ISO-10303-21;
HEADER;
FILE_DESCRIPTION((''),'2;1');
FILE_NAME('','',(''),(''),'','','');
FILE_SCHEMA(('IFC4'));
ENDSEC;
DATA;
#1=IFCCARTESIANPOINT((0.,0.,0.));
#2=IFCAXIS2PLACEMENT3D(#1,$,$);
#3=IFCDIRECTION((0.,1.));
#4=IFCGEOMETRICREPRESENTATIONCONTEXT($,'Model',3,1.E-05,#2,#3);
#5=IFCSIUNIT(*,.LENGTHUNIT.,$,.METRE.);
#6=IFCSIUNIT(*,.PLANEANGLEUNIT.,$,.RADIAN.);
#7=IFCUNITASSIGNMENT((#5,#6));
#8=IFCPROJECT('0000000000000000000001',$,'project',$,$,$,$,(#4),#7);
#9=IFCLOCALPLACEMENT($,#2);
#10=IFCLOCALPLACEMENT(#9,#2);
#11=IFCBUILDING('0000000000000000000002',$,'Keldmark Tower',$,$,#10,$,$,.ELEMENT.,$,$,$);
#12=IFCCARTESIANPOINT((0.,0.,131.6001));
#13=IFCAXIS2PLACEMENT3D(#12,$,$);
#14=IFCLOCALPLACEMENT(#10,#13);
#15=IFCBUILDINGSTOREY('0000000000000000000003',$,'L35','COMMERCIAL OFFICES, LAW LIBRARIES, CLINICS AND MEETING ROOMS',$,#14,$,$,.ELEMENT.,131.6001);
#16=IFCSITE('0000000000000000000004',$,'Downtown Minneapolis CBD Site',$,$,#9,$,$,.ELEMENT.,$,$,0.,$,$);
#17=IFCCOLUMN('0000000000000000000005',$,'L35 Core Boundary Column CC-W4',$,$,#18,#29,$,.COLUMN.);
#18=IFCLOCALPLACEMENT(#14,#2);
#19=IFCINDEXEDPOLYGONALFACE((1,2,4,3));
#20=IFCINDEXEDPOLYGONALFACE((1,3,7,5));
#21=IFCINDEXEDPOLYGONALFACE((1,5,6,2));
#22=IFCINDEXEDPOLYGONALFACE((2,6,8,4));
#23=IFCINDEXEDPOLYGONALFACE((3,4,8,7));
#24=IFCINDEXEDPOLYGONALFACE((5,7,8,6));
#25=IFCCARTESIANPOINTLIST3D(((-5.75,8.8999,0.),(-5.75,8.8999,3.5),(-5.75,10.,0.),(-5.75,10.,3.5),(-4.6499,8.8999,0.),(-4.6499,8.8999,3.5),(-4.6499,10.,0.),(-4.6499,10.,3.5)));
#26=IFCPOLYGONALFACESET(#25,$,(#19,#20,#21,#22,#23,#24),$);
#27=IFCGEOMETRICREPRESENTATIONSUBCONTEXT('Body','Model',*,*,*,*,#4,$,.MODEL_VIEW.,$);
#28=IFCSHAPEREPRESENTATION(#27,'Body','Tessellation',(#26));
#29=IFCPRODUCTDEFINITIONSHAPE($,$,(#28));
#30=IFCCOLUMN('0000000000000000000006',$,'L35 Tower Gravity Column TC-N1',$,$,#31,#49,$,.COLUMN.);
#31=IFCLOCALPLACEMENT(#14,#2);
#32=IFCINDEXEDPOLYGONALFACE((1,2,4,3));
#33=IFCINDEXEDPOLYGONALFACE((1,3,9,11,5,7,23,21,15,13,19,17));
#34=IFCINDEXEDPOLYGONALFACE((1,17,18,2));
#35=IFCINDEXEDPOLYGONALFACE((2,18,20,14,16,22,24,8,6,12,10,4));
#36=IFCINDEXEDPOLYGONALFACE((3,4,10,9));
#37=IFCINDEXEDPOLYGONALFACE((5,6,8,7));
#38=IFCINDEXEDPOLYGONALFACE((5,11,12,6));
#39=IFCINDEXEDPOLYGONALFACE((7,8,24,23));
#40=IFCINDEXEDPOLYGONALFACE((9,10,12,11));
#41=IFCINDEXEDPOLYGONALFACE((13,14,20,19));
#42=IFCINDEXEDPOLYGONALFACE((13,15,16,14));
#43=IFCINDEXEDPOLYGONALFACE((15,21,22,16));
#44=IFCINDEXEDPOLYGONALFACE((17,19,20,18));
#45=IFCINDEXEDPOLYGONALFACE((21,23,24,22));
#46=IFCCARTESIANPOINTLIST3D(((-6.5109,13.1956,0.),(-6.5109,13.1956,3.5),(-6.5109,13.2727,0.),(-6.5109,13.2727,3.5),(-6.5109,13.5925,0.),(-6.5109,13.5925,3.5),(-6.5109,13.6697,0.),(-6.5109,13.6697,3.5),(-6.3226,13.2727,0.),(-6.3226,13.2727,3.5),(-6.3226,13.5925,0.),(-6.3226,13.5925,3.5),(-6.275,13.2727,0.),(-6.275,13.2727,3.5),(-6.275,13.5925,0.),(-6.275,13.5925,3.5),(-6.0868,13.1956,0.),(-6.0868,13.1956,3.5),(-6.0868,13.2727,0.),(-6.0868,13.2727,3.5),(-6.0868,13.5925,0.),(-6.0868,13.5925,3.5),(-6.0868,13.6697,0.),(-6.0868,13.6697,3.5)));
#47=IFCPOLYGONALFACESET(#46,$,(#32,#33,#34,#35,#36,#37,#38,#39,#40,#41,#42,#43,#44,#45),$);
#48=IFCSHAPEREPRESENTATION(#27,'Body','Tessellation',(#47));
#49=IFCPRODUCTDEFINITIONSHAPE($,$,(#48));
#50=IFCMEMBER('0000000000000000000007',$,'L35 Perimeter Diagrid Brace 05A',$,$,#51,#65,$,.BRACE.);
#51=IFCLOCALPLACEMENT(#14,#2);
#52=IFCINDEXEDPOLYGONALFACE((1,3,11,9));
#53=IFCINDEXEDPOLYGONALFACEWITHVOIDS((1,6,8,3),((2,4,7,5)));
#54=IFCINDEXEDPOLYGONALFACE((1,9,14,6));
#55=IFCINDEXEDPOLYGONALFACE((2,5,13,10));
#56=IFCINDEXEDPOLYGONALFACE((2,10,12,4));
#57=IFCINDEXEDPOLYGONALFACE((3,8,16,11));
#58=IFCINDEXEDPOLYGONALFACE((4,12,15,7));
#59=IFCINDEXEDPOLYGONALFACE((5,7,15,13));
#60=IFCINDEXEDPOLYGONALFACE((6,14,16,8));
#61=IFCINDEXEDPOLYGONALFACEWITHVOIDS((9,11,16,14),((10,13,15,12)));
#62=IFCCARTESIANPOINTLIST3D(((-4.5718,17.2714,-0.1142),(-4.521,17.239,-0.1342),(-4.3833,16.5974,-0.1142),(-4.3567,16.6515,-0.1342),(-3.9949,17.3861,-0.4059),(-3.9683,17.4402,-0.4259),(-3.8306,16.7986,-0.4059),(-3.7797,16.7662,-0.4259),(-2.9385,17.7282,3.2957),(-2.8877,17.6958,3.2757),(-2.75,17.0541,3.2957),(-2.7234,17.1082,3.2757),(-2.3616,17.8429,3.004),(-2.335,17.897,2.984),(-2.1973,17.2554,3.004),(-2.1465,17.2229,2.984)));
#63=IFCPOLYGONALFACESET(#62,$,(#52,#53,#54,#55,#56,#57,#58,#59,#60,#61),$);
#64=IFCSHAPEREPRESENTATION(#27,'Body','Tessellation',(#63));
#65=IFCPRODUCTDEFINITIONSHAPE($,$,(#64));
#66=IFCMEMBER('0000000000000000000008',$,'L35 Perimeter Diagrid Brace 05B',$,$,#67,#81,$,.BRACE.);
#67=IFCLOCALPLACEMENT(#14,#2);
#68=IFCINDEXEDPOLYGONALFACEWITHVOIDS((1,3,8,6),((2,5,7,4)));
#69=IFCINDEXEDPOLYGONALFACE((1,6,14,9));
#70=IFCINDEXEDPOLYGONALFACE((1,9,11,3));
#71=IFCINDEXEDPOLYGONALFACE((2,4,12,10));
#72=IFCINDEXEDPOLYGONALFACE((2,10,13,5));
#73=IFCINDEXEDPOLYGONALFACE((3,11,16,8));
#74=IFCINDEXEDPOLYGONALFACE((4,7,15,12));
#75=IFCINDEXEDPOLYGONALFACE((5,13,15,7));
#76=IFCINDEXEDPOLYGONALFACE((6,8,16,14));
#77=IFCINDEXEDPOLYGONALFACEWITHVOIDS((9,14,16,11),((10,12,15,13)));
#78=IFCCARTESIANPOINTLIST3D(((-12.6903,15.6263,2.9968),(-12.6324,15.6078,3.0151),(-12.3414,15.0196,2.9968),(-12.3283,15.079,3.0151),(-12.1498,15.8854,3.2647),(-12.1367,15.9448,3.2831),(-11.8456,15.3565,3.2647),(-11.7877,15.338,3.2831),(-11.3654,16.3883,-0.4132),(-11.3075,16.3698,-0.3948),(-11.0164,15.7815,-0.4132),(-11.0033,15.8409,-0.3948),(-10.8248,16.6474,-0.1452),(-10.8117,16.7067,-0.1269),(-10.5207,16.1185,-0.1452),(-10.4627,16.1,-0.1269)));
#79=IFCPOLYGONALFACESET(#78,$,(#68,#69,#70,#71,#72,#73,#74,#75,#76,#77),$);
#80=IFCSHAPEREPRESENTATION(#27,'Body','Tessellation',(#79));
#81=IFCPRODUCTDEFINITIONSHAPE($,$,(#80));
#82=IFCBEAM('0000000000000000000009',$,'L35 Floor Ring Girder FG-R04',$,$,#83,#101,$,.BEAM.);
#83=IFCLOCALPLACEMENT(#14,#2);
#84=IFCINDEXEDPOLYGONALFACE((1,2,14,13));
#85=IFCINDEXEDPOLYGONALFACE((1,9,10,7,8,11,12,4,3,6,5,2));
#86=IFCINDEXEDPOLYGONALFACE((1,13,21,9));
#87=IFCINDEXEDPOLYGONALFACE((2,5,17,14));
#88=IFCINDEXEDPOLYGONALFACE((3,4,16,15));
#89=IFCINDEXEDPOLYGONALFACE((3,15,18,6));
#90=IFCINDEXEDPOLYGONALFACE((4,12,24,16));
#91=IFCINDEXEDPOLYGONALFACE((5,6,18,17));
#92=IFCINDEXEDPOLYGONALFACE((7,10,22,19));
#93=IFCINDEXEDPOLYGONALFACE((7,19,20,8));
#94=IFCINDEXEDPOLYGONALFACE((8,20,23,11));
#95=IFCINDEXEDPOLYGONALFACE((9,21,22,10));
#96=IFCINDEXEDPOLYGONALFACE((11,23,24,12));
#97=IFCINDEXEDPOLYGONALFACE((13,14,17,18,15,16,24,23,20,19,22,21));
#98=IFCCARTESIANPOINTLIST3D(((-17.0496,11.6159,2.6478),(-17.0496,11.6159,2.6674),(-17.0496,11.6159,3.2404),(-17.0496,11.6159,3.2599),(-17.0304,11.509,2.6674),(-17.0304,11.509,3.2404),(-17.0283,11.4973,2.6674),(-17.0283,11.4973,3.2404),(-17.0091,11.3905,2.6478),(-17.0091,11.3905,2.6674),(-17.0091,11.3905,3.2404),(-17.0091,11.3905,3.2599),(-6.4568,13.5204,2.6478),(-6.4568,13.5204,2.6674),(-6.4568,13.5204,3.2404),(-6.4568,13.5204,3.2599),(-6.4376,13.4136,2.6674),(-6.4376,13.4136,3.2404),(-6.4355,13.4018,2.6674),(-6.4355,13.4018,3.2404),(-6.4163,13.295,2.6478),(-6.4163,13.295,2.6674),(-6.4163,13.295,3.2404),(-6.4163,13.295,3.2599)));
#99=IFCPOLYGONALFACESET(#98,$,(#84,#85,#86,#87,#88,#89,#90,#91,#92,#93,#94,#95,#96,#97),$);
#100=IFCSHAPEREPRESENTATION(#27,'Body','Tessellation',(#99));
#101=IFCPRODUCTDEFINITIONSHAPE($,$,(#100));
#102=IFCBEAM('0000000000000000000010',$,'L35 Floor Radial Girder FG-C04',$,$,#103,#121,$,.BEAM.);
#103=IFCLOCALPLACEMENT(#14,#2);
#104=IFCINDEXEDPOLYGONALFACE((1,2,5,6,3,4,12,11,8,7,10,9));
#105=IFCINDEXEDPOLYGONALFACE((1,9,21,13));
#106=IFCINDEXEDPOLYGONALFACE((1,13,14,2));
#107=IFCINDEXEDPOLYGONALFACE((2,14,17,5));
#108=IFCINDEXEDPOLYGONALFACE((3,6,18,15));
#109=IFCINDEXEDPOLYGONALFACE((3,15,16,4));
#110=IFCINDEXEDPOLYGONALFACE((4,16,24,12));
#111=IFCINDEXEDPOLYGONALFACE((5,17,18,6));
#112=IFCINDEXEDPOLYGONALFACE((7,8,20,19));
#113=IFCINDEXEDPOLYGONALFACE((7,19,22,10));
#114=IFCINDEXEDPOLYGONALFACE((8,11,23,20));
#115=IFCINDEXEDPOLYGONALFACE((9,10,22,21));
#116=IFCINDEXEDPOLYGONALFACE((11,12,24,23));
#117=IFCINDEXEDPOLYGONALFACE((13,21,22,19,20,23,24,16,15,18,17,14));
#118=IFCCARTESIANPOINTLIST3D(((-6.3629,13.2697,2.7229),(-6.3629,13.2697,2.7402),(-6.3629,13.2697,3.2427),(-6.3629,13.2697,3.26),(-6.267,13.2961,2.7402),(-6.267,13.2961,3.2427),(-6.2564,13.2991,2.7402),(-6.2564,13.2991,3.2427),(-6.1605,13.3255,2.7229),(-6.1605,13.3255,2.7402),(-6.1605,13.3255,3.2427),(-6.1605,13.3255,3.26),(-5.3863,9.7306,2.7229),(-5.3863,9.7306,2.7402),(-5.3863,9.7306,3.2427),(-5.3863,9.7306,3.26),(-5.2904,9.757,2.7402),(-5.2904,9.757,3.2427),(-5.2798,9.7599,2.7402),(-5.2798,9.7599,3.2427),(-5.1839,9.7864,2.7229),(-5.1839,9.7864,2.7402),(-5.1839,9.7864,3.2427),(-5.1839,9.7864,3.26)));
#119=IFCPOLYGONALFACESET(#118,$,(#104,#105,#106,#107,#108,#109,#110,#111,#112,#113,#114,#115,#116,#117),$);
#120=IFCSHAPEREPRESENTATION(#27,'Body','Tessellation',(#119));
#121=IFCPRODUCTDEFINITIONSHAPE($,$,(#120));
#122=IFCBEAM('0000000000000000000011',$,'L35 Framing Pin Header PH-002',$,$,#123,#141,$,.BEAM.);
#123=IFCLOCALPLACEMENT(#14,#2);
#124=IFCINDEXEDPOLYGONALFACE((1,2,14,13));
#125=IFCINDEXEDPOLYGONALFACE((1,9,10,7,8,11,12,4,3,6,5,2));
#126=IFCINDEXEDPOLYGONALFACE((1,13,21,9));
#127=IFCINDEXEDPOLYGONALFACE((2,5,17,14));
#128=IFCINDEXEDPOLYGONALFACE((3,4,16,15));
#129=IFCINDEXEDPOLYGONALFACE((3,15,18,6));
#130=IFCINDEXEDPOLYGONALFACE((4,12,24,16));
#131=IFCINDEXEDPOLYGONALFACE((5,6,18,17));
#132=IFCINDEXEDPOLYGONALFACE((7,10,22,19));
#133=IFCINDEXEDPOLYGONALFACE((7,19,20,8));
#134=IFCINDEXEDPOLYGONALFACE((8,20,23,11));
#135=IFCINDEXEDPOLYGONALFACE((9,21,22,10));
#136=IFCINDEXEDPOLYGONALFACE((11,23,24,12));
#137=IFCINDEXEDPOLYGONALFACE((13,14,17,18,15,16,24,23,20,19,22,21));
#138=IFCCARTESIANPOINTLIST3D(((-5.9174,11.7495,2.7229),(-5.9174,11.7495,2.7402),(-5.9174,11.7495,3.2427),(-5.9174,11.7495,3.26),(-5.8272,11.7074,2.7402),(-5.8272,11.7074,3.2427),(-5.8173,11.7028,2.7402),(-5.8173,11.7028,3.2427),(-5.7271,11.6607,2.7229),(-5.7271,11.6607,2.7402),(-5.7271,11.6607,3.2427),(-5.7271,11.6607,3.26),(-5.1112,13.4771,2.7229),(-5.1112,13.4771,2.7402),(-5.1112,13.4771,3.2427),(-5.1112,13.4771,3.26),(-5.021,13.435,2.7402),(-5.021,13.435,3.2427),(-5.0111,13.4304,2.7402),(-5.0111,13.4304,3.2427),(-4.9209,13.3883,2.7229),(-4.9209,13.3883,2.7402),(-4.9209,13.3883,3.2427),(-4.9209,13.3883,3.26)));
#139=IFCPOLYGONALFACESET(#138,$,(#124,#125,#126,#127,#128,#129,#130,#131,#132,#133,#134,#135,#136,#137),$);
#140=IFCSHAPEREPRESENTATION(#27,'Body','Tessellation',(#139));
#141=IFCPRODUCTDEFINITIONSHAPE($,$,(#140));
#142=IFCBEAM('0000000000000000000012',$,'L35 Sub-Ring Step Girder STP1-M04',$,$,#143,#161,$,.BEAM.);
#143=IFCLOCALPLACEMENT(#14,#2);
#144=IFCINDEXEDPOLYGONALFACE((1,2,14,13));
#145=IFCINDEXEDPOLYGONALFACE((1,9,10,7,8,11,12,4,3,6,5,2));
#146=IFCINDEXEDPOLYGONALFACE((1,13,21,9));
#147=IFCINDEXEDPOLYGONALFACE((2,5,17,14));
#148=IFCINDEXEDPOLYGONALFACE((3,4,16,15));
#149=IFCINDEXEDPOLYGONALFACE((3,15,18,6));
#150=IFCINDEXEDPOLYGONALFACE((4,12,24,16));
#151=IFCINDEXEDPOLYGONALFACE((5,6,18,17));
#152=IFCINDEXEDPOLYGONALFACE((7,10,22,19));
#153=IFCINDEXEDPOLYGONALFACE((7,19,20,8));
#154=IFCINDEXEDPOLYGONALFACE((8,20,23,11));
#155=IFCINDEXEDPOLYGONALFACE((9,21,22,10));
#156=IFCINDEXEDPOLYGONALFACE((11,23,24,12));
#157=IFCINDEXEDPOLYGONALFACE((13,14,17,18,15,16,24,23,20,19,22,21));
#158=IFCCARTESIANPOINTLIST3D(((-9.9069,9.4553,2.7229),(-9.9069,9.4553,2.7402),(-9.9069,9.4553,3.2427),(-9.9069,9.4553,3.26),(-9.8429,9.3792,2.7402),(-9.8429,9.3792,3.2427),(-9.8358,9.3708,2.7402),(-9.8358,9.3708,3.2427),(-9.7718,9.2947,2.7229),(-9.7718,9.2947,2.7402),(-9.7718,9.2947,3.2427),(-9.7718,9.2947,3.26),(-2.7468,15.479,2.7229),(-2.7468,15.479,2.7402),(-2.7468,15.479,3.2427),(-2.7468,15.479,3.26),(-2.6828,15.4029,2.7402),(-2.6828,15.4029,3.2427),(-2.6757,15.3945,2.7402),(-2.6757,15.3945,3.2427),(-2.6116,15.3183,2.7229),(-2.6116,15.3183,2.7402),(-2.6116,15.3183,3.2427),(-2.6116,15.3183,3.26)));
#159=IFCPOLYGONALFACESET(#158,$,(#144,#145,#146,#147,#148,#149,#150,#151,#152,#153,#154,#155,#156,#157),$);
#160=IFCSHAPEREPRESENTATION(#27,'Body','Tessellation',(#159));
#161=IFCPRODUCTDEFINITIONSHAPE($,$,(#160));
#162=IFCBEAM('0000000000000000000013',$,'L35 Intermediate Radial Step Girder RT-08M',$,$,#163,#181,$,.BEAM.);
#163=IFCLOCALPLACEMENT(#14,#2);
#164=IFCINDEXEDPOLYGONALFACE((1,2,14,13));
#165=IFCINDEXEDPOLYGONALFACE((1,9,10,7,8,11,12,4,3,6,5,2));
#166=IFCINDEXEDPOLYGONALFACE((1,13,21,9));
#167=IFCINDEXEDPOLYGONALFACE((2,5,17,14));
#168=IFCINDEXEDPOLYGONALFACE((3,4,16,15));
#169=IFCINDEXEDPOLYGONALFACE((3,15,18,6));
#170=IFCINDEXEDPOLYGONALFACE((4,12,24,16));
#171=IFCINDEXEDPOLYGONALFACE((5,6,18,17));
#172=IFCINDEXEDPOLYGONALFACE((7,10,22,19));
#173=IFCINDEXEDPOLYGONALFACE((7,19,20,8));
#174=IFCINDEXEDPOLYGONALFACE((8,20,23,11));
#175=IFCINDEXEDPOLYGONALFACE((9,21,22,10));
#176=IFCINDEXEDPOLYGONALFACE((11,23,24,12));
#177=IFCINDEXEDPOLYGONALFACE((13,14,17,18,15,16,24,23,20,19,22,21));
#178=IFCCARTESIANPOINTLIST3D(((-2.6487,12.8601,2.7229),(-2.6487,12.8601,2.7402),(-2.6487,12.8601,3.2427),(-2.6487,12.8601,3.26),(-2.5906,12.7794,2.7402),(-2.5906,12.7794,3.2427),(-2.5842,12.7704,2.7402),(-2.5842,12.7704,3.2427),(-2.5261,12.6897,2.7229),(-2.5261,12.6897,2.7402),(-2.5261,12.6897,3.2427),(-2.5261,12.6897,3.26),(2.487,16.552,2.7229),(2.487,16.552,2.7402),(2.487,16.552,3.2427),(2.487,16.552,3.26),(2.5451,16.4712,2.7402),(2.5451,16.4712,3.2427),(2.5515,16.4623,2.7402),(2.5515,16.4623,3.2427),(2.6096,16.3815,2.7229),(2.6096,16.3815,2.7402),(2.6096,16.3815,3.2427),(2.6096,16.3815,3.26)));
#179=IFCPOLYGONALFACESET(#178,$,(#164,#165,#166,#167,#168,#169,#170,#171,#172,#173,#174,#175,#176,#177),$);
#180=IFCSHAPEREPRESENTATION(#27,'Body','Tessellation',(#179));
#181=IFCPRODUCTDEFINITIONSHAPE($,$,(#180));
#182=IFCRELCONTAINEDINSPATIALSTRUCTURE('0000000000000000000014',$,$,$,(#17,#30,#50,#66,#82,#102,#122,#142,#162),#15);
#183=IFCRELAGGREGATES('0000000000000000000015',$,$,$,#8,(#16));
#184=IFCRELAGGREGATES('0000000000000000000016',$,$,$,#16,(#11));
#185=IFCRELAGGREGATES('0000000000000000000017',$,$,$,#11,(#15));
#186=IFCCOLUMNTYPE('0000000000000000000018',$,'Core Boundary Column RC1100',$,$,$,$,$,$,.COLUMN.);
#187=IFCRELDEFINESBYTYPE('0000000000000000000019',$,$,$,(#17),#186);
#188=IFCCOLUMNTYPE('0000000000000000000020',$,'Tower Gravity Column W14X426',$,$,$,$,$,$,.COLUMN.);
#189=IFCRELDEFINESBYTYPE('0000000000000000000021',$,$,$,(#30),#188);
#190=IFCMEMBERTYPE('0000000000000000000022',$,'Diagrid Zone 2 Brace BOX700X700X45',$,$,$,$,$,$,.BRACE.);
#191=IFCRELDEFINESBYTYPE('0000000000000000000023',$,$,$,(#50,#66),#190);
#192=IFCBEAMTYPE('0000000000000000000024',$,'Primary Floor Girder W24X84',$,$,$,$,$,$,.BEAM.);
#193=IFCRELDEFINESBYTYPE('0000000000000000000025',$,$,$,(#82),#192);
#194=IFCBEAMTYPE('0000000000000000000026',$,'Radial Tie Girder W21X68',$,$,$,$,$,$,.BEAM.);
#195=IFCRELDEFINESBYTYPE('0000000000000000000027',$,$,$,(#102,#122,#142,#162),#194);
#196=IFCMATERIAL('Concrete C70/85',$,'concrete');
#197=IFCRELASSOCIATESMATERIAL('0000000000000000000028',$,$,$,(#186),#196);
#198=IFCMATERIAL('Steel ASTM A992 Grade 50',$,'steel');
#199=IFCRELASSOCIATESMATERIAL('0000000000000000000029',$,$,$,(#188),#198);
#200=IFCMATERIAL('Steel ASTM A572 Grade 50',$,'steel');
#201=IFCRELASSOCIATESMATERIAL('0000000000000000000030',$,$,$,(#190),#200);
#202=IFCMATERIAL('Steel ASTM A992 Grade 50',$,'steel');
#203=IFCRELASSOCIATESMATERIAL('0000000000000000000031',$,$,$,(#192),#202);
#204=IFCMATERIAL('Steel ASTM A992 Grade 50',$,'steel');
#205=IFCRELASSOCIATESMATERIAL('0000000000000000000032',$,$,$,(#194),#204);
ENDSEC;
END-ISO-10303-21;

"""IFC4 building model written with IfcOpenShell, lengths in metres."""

from ifc_helpers import new_model, si_unit, direction, frame, origin, origin_2d, place, context, subcontext, project, spatial, rectangle, hollow_rectangle, i_section, extrude, material, material_profile, profile_set, type_object, element, save


model = new_model("IFC4")

# Units and contexts
model_context = context("Model", 3, precision=1e-05, world=origin(), true_north=direction((0.0, 1.0)))
body_context = subcontext(model_context, "Body", "Model", "MODEL_VIEW")
ifc_project = project(units=[si_unit("LENGTHUNIT", "METRE"), si_unit("PLANEANGLEUNIT", "RADIAN")], contexts=[model_context])

# Site, building, storey
site_placement = place(None, origin())
site = spatial("IfcSite", under=ifc_project, at=site_placement, Name="Downtown Minneapolis CBD Site", CompositionType="ELEMENT", RefElevation=0.0)
building_placement = place(site_placement, origin())
building = spatial("IfcBuilding", under=site, at=building_placement, Name="Keldmark Tower", CompositionType="ELEMENT")
storey_placement = place(building_placement, frame((0.0, 0.0, 131.6001)))
storey = spatial("IfcBuildingStorey", under=building, at=storey_placement, Name="L35", Description="COMMERCIAL OFFICES, LAW LIBRARIES, CLINICS AND MEETING ROOMS", CompositionType="ELEMENT", Elevation=131.6001)

# Columns
ifc_material_1 = material(Name="Concrete C70/85", Category="concrete")
ifc_material_profile_1 = material_profile(ifc_material_1, rectangle(XDim=1.1001, YDim=1.1001, at=origin_2d()), Name="RC1100X1100")
ifc_profile_set_1 = profile_set([ifc_material_profile_1], Name="Concrete C70/85")
column_type_1 = type_object("IfcColumnType", Name="Core Boundary Column RC1100", PredefinedType="COLUMN", material=ifc_profile_set_1)
column_1_placement = place(storey_placement, frame((-5.2, 9.45, 0.0), z_axis=(0.0, 0.0, 1.0), x_axis=(1.0, 0.0, 0.0)))
element("IfcColumn", 1, at=column_1_placement, inside=storey, type_object=column_type_1, Name="L35 Core Boundary Column CC-W4", PredefinedType="COLUMN", context=body_context, shape_type="SweptSolid", body=[
    extrude(rectangle(XDim=1.1001, YDim=1.1001, at=origin_2d()), origin(), (0.0, 0.0, 1.0), 3.5),
])
ifc_material_2 = material(Name="Steel ASTM A992 Grade 50", Category="steel")
ifc_material_profile_2 = material_profile(ifc_material_2, i_section(OverallWidth=0.4241, OverallDepth=0.4741, WebThickness=0.0476, FlangeThickness=0.0771, at=origin_2d()), Name="W14X426")
ifc_profile_set_2 = profile_set([ifc_material_profile_2], Name="Steel ASTM A992 Grade 50")
column_type_2 = type_object("IfcColumnType", Name="Tower Gravity Column W14X426", PredefinedType="COLUMN", material=ifc_profile_set_2)
column_2_placement = place(storey_placement, frame((-6.2988, 13.4326, 0.0), z_axis=(0.0, 0.0, 1.0), x_axis=(1.0, 0.0, 0.0)))
element("IfcColumn", 2, at=column_2_placement, inside=storey, type_object=column_type_2, Name="L35 Tower Gravity Column TC-N1", PredefinedType="COLUMN", context=body_context, shape_type="SweptSolid", body=[
    extrude(i_section(OverallWidth=0.4241, OverallDepth=0.4741, WebThickness=0.0476, FlangeThickness=0.0771, at=origin_2d()), origin(), (0.0, 0.0, 1.0), 3.5),
])

# Members
ifc_material_3 = material(Name="Steel ASTM A572 Grade 50", Category="steel")
ifc_material_profile_3 = material_profile(ifc_material_3, hollow_rectangle(XDim=0.7, YDim=0.7, WallThickness=0.0449, at=origin_2d()), Name="BOX700X700X45")
ifc_profile_set_3 = profile_set([ifc_material_profile_3], Name="Steel ASTM A572 Grade 50")
member_type = type_object("IfcMemberType", Name="Diagrid Zone 2 Brace BOX700X700X45", PredefinedType="BRACE", material=ifc_profile_set_3)
member_1_placement = place(storey_placement, frame((-4.1758, 17.0188, -0.27), z_axis=(0.428869, 0.119942, 0.895369), x_axis=(-0.269336, 0.963046, 0.0)))
element("IfcMember", 3, at=member_1_placement, inside=storey, type_object=member_type, Name="L35 Perimeter Diagrid Brace 05A", PredefinedType="BRACE", context=body_context, shape_type="SweptSolid", body=[
    extrude(hollow_rectangle(XDim=0.7, YDim=0.7, WallThickness=0.0449, at=origin_2d()), origin(), (0.0, 0.0, 1.0), 3.8083),
])
member_2_placement = place(storey_placement, frame((-10.9141, 16.2441, -0.27), z_axis=(-0.35457, -0.203909, 0.912525), x_axis=(0.498528, -0.866874, 0.0)))
element("IfcMember", 4, at=member_2_placement, inside=storey, type_object=member_type, Name="L35 Perimeter Diagrid Brace 05B", PredefinedType="BRACE", context=body_context, shape_type="SweptSolid", body=[
    extrude(hollow_rectangle(XDim=0.7, YDim=0.7, WallThickness=0.0449, at=origin_2d()), origin(), (0.0, 0.0, 1.0), 3.7368),
])

# Beams
ifc_material_4 = material(Name="Steel ASTM A992 Grade 50", Category="steel")
ifc_material_profile_4 = material_profile(ifc_material_4, i_section(OverallWidth=0.229, OverallDepth=0.6121, WebThickness=0.012, FlangeThickness=0.0195, at=origin_2d()), Name="W24X84")
ifc_profile_set_4 = profile_set([ifc_material_profile_4], Name="Steel ASTM A992 Grade 50")
beam_type_1 = type_object("IfcBeamType", Name="Primary Floor Girder W24X84", PredefinedType="BEAM", material=ifc_profile_set_4)
beam_1_placement = place(storey_placement, frame((-6.4365, 13.4077, 2.9539), z_axis=(-0.984218, -0.176959, 0.0), x_axis=(0.176959, -0.984218, 0.0)))
element("IfcBeam", 5, at=beam_1_placement, inside=storey, type_object=beam_type_1, Name="L35 Floor Ring Girder FG-R04", PredefinedType="BEAM", context=body_context, shape_type="SweptSolid", body=[
    extrude(i_section(OverallWidth=0.229, OverallDepth=0.6121, WebThickness=0.012, FlangeThickness=0.0195, at=origin_2d()), origin(), (0.0, 0.0, 1.0), 10.7627),
])
ifc_material_5 = material(Name="Steel ASTM A992 Grade 50", Category="steel")
ifc_material_profile_5 = material_profile(ifc_material_5, i_section(OverallWidth=0.21, OverallDepth=0.5371, WebThickness=0.011, FlangeThickness=0.0173, at=origin_2d()), Name="W21X68")
ifc_profile_set_5 = profile_set([ifc_material_profile_5], Name="Steel ASTM A992 Grade 50")
beam_type_2 = type_object("IfcBeamType", Name="Radial Tie Girder W21X68", PredefinedType="BEAM", material=ifc_profile_set_5)
beam_2_placement = place(storey_placement, frame((-6.2617, 13.2976, 2.9915), z_axis=(0.265997, -0.963974, 0.0), x_axis=(0.963974, 0.265997, 0.0)))
element("IfcBeam", 6, at=beam_2_placement, inside=storey, type_object=beam_type_2, Name="L35 Floor Radial Girder FG-C04", PredefinedType="BEAM", context=body_context, shape_type="SweptSolid", body=[
    extrude(i_section(OverallWidth=0.21, OverallDepth=0.5371, WebThickness=0.011, FlangeThickness=0.0173, at=origin_2d()), origin(), (0.0, 0.0, 1.0), 3.6714),
])
beam_3_placement = place(storey_placement, frame((-5.8223, 11.7051, 2.9915), z_axis=(0.422871, 0.90619, 0.0), x_axis=(-0.90619, 0.422871, 0.0)))
element("IfcBeam", 7, at=beam_3_placement, inside=storey, type_object=beam_type_2, Name="L35 Framing Pin Header PH-002", PredefinedType="BEAM", context=body_context, shape_type="SweptSolid", body=[
    extrude(i_section(OverallWidth=0.21, OverallDepth=0.5371, WebThickness=0.011, FlangeThickness=0.0173, at=origin_2d()), origin(), (0.0, 0.0, 1.0), 1.9065),
])
beam_4_placement = place(storey_placement, frame((-9.8394, 9.375, 2.9915), z_axis=(0.765223, 0.643765, 0.0), x_axis=(-0.643765, 0.765223, 0.0)))
element("IfcBeam", 8, at=beam_4_placement, inside=storey, type_object=beam_type_2, Name="L35 Sub-Ring Step Girder STP1-M04", PredefinedType="BEAM", context=body_context, shape_type="SweptSolid", body=[
    extrude(i_section(OverallWidth=0.21, OverallDepth=0.5371, WebThickness=0.011, FlangeThickness=0.0173, at=origin_2d()), origin(), (0.0, 0.0, 1.0), 9.3569),
])
beam_5_placement = place(storey_placement, frame((-2.5874, 12.7749, 2.9915), z_axis=(0.811972, 0.583696, 0.0), x_axis=(-0.583696, 0.811972, 0.0)))
element("IfcBeam", 9, at=beam_5_placement, inside=storey, type_object=beam_type_2, Name="L35 Intermediate Radial Step Girder RT-08M", PredefinedType="BEAM", context=body_context, shape_type="SweptSolid", body=[
    extrude(i_section(OverallWidth=0.21, OverallDepth=0.5371, WebThickness=0.011, FlangeThickness=0.0173, at=origin_2d()), origin(), (0.0, 0.0, 1.0), 6.325),
])

save(model, "model.ifc")
